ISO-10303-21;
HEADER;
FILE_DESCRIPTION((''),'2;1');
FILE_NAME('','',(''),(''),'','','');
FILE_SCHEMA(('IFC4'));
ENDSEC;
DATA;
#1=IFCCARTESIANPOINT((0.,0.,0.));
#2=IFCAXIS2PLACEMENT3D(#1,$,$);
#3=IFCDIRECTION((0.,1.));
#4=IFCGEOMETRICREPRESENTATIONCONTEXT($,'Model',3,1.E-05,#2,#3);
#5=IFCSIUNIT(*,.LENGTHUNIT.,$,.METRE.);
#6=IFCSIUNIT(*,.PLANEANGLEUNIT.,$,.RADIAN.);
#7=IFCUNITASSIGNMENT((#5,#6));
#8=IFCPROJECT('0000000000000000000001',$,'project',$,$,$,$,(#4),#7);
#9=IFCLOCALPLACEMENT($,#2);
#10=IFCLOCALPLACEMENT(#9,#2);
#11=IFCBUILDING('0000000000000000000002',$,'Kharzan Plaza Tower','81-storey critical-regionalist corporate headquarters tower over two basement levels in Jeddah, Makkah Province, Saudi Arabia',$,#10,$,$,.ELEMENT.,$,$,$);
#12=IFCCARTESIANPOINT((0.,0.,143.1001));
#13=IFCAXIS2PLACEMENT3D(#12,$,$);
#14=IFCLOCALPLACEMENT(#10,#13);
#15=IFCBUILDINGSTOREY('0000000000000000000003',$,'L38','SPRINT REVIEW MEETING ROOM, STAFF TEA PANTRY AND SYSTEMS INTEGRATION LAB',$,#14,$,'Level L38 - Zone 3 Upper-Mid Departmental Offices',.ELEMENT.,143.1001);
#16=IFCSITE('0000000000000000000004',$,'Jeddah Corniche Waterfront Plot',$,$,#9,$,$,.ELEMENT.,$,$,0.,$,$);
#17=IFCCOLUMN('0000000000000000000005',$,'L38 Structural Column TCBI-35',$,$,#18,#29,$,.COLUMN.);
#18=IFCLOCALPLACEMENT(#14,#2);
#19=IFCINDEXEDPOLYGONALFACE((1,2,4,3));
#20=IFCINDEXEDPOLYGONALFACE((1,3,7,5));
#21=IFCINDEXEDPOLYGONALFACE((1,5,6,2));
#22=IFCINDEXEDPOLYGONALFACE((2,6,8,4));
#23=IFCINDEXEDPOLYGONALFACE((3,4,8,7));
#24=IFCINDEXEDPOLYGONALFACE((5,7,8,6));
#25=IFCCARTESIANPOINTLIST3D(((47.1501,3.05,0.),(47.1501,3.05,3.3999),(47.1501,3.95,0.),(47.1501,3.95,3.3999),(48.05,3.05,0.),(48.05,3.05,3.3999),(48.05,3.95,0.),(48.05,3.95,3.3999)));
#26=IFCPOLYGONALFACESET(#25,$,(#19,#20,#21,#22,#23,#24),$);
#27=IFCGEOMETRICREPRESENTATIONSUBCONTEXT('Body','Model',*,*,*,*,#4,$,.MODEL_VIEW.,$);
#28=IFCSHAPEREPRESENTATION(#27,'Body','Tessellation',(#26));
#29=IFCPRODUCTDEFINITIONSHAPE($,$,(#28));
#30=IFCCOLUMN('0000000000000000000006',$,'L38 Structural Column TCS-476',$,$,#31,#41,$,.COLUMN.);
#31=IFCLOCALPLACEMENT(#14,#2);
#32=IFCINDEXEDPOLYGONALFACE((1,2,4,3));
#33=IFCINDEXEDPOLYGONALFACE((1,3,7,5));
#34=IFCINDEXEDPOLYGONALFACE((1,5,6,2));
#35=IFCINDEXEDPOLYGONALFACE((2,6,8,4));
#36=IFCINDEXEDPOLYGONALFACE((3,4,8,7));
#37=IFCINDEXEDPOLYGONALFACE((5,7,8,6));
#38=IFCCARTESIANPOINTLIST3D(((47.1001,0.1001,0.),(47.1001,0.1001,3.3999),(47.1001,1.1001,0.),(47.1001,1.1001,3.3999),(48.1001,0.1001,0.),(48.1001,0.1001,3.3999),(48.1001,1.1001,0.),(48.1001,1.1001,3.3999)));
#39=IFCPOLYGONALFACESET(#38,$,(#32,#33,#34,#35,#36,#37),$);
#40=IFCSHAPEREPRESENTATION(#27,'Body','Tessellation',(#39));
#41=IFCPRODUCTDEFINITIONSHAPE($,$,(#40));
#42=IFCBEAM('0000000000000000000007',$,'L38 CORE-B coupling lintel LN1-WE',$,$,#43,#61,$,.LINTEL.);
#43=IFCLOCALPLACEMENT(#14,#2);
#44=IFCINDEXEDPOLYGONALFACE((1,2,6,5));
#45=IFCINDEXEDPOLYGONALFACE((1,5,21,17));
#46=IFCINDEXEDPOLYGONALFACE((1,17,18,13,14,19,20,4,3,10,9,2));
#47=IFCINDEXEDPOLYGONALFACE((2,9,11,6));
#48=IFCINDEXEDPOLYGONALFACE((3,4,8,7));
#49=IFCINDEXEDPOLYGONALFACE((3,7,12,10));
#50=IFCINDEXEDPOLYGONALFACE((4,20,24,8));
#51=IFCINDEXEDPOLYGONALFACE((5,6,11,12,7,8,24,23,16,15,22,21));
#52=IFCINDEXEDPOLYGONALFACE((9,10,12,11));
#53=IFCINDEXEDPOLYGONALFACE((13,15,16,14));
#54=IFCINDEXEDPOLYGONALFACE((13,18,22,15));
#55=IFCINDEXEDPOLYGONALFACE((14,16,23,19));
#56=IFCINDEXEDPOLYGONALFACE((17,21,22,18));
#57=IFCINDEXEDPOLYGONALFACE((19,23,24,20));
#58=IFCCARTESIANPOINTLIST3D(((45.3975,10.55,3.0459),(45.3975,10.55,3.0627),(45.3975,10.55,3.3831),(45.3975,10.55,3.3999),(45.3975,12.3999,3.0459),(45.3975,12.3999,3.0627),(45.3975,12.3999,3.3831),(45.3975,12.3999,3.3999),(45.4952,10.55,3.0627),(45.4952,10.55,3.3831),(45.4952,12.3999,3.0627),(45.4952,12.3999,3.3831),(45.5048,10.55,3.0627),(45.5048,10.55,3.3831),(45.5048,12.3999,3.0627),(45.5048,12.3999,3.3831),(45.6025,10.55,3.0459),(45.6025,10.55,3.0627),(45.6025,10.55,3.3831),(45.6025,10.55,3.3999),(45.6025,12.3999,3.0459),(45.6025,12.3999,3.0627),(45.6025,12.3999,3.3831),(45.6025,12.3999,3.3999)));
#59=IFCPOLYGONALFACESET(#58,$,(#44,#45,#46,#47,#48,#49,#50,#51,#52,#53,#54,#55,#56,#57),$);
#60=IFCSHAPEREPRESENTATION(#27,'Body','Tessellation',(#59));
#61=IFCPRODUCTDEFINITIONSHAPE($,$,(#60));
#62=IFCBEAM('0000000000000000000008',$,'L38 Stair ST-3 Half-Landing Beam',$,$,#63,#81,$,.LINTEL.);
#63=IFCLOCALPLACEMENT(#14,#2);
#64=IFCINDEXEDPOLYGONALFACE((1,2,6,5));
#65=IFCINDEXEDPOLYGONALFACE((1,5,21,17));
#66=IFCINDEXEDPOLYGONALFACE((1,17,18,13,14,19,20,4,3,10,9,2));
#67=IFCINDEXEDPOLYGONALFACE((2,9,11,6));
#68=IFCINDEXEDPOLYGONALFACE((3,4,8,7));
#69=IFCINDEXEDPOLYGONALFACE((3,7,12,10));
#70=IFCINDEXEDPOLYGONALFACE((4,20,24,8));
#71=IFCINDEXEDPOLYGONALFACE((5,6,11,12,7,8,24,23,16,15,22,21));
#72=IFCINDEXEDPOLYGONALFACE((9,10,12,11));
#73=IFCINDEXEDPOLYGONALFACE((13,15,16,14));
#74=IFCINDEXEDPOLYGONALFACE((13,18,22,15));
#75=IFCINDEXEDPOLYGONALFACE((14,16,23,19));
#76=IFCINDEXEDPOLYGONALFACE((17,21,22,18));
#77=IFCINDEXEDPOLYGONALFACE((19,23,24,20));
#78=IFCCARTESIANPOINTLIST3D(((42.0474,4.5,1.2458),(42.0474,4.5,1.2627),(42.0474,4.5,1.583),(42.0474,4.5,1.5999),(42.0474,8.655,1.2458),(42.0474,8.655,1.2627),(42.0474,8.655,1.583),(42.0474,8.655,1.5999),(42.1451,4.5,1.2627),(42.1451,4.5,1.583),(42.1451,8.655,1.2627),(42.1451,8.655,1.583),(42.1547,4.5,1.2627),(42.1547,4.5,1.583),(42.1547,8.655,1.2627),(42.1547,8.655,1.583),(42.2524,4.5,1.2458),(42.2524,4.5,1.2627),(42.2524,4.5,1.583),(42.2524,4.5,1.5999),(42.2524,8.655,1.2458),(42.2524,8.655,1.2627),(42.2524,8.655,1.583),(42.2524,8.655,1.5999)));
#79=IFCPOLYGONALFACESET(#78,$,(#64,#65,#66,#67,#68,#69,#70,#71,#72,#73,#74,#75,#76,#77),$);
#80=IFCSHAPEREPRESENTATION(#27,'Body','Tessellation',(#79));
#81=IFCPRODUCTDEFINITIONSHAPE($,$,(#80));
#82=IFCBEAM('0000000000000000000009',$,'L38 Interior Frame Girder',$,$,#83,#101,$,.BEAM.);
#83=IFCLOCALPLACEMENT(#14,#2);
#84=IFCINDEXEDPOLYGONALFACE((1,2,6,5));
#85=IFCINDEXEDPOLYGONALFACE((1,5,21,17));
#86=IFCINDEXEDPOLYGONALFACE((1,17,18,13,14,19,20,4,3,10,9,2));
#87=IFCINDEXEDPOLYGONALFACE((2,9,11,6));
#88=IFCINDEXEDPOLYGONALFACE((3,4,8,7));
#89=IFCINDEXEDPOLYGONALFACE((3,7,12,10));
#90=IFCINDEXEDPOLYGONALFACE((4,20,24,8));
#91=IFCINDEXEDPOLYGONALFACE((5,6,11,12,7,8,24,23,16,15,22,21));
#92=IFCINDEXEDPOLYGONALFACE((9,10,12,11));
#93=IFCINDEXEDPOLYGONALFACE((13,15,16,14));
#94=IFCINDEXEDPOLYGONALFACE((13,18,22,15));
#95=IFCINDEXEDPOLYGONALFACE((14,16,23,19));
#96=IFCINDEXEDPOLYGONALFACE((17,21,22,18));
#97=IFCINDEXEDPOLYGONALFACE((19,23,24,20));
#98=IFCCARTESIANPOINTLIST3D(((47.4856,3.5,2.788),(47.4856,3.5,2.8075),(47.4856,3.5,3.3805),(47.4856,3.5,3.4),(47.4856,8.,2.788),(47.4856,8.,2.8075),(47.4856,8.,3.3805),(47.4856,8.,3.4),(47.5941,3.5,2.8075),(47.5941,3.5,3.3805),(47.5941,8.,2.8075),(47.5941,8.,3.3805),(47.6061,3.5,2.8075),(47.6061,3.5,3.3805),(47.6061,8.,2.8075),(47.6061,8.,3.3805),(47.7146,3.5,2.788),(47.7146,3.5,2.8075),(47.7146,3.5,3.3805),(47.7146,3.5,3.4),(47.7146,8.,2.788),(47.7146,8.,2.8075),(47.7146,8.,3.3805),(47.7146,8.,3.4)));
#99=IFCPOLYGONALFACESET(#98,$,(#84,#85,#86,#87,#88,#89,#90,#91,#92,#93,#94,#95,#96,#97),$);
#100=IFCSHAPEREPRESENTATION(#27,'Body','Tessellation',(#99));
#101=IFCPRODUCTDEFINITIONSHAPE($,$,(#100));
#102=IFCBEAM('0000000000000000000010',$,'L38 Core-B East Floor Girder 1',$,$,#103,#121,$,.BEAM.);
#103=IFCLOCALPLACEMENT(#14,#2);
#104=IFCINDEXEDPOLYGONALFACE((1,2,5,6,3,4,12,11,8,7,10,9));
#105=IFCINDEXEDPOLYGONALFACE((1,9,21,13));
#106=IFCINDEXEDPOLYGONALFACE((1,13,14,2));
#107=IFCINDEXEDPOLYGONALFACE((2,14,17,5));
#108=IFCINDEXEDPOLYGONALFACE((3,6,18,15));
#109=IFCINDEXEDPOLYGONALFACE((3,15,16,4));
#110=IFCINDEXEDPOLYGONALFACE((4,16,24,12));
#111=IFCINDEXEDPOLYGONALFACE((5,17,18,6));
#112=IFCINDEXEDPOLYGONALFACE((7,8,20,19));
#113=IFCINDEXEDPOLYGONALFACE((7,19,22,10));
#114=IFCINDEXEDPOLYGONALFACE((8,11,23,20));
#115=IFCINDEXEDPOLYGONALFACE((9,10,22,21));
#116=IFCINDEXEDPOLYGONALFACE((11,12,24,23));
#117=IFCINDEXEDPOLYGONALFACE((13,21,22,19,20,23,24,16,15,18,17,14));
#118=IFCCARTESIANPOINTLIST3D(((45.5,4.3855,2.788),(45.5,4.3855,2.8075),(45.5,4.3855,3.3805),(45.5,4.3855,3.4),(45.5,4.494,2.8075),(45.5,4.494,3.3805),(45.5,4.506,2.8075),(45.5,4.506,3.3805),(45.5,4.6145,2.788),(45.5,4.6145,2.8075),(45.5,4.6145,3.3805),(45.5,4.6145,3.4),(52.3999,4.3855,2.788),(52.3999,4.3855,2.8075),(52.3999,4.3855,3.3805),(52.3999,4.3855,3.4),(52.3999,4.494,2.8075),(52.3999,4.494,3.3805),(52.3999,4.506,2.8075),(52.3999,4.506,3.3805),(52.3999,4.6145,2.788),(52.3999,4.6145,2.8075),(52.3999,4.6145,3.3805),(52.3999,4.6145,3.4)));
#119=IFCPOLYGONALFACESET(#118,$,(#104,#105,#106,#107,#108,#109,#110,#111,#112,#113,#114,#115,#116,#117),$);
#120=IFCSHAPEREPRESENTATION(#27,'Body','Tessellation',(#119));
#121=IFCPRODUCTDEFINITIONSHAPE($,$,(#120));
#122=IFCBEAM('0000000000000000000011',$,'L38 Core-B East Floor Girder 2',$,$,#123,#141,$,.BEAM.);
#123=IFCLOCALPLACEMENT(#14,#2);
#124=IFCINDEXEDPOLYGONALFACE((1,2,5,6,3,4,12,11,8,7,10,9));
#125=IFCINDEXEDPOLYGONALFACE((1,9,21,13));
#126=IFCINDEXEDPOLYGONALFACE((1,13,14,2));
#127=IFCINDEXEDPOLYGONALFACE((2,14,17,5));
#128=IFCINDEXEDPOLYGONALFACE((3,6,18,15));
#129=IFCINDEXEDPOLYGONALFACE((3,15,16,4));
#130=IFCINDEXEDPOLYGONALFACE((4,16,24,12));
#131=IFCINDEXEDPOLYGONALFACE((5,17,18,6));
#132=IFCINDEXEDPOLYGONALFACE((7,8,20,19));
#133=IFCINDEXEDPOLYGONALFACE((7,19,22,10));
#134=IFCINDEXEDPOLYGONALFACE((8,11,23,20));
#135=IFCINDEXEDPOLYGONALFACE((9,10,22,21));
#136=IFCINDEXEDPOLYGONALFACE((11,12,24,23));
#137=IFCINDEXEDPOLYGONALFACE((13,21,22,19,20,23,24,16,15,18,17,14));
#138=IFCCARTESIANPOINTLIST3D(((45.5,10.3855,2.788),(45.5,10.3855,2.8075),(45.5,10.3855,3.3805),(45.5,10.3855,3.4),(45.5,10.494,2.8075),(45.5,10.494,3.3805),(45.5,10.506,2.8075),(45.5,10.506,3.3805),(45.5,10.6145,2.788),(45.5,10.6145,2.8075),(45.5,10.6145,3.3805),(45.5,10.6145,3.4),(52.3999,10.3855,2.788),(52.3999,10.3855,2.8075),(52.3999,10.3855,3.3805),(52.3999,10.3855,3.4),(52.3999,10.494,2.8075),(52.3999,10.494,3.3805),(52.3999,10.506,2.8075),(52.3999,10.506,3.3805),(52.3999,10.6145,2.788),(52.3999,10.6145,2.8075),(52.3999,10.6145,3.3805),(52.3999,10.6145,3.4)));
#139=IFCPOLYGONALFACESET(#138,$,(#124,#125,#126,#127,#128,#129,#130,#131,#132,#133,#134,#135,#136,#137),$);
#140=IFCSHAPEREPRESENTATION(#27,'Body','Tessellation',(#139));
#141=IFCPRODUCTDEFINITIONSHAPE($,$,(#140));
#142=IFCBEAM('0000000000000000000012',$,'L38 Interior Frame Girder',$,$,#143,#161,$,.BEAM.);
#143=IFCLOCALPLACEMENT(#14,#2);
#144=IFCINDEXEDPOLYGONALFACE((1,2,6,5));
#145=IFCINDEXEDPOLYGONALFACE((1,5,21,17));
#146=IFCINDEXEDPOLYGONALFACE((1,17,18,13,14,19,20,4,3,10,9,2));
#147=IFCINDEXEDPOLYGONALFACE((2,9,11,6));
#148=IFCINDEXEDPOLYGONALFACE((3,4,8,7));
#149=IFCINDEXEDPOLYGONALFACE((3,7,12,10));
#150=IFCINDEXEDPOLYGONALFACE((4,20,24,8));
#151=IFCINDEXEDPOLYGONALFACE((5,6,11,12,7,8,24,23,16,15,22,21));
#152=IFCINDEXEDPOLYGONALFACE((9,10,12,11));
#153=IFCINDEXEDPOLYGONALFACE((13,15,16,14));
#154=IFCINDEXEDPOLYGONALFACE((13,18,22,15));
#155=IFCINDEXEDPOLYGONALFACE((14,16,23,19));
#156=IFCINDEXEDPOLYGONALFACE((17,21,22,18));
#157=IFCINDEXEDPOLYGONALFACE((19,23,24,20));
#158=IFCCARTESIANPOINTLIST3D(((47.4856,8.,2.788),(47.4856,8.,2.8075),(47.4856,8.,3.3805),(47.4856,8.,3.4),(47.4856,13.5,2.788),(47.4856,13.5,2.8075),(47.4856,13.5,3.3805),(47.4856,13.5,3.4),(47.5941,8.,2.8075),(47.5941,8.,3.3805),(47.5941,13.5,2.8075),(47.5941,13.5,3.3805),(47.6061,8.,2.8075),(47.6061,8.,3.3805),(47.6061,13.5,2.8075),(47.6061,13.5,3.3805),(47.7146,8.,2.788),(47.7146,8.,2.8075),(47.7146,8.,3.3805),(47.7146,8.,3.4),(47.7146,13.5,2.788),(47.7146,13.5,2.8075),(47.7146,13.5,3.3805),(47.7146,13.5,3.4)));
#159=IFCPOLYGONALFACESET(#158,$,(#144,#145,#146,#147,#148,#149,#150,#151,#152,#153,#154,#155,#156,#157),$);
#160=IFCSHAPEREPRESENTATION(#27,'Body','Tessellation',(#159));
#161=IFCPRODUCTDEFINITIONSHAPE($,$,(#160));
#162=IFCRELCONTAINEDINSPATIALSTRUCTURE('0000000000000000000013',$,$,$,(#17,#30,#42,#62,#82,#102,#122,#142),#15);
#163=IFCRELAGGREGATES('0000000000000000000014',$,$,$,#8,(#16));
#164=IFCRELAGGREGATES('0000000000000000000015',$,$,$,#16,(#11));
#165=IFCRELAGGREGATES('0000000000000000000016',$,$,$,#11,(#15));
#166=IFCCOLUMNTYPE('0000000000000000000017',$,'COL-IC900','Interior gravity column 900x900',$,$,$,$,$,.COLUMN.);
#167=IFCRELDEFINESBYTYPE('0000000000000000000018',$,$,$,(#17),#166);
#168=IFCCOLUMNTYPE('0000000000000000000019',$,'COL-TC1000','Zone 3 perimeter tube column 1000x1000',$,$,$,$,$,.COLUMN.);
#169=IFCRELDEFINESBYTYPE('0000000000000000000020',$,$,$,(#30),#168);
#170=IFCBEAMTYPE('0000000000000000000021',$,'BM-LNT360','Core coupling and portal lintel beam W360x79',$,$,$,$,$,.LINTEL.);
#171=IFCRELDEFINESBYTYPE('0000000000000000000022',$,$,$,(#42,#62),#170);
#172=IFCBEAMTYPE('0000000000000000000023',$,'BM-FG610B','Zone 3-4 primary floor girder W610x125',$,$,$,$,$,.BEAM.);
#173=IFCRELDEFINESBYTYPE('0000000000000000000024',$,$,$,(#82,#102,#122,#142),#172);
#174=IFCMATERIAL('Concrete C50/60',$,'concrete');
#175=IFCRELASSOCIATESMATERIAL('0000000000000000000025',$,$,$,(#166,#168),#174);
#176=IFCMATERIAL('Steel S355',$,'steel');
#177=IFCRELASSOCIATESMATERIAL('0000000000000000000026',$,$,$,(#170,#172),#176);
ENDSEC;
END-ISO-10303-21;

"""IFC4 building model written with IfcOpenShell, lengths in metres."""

from ifc_helpers import new_model, si_unit, direction, frame, origin, origin_2d, place, context, subcontext, project, spatial, rectangle, i_section, extrude, source, transform, mapped, material, material_profile, profile_set, type_object, element, save


model = new_model("IFC4")

# Units and contexts
model_context = context("Model", 3, precision=1e-05, world=origin(), true_north=direction((0.0, 1.0)))
body_context = subcontext(model_context, "Body", "Model", "MODEL_VIEW")
ifc_project = project(units=[si_unit("LENGTHUNIT", "METRE"), si_unit("PLANEANGLEUNIT", "RADIAN")], contexts=[model_context])

# Site, building, storey
site_placement = place(None, origin())
site = spatial("IfcSite", under=ifc_project, at=site_placement, Name="Jeddah Corniche Waterfront Plot", CompositionType="ELEMENT", RefElevation=0.0)
building_placement = place(site_placement, origin())
building = spatial("IfcBuilding", under=site, at=building_placement, Name="Kharzan Plaza Tower", Description="81-storey critical-regionalist corporate headquarters tower over two basement levels in Jeddah, Makkah Province, Saudi Arabia", CompositionType="ELEMENT")
storey_placement = place(building_placement, frame((0.0, 0.0, 143.1001)))
storey = spatial("IfcBuildingStorey", under=building, at=storey_placement, Name="L38", Description="SPRINT REVIEW MEETING ROOM, STAFF TEA PANTRY AND SYSTEMS INTEGRATION LAB", LongName="Level L38 - Zone 3 Upper-Mid Departmental Offices", CompositionType="ELEMENT", Elevation=143.1001)

# Columns
ifc_material_1 = material(Name="Concrete C50/60", Category="concrete")
ifc_material_profile_1 = material_profile(ifc_material_1, rectangle(XDim=0.8999, YDim=0.8999, at=origin_2d()), Name="RC-IC900x900")
ifc_profile_set_1 = profile_set([ifc_material_profile_1], Name="Concrete C50/60")
column_type_1 = type_object("IfcColumnType", Name="COL-IC900", Description="Interior gravity column 900x900", PredefinedType="COLUMN", material=ifc_profile_set_1)
shared_shape_1 = source(origin(), body_context, "Body", "SweptSolid", [
    extrude(rectangle(XDim=0.8999, YDim=0.8999, at=origin_2d()), origin(), (0.0, 0.0, 1.0), 3.3999),
])
column_1_placement = place(storey_placement, frame((47.6001, 3.5, 0.0), z_axis=(0.0, 0.0, 1.0), x_axis=(1.0, 0.0, 0.0)))
element("IfcColumn", 1, at=column_1_placement, inside=storey, type_object=column_type_1, Name="L38 Structural Column TCBI-35", PredefinedType="COLUMN", context=body_context, shape_type="MappedRepresentation", body=[
    mapped(shared_shape_1, transform((0.0, 0.0, 0.0), x_axis=(1.0, 0.0, 0.0), y_axis=(0.0, 1.0, 0.0), z_axis=(0.0, 0.0, 1.0))),
])
ifc_material_profile_2 = material_profile(ifc_material_1, rectangle(XDim=1.0, YDim=1.0, at=origin_2d()), Name="RC-TC1000x1000")
ifc_profile_set_2 = profile_set([ifc_material_profile_2], Name="Concrete C50/60")
column_type_2 = type_object("IfcColumnType", Name="COL-TC1000", Description="Zone 3 perimeter tube column 1000x1000", PredefinedType="COLUMN", material=ifc_profile_set_2)
shared_shape_2 = source(origin(), body_context, "Body", "SweptSolid", [
    extrude(rectangle(XDim=1.0, YDim=1.0, at=origin_2d()), origin(), (0.0, 0.0, 1.0), 3.3999),
])
column_2_placement = place(storey_placement, frame((47.6001, 0.6001, 0.0), z_axis=(0.0, 0.0, 1.0), x_axis=(1.0, 0.0, 0.0)))
element("IfcColumn", 2, at=column_2_placement, inside=storey, type_object=column_type_2, Name="L38 Structural Column TCS-476", PredefinedType="COLUMN", context=body_context, shape_type="MappedRepresentation", body=[
    mapped(shared_shape_2, transform((0.0, 0.0, 0.0), x_axis=(1.0, 0.0, 0.0), y_axis=(0.0, 1.0, 0.0), z_axis=(0.0, 0.0, 1.0))),
])

# Beams
ifc_material_2 = material(Name="Steel S355", Category="steel")
ifc_material_profile_3 = material_profile(ifc_material_2, i_section(OverallWidth=0.2051, OverallDepth=0.354, WebThickness=0.0095, FlangeThickness=0.0168, at=origin_2d()), Name="W360x79")
ifc_profile_set_3 = profile_set([ifc_material_profile_3], Name="Steel S355")
beam_type_1 = type_object("IfcBeamType", Name="BM-LNT360", Description="Core coupling and portal lintel beam W360x79", PredefinedType="LINTEL", material=ifc_profile_set_3)
shared_shape_3 = source(origin(), body_context, "Body", "SweptSolid", [
    extrude(i_section(OverallWidth=0.2051, OverallDepth=0.354, WebThickness=0.0095, FlangeThickness=0.0168, at=origin_2d()), origin(), (0.0, 0.0, 1.0), 1.8499),
])
beam_1_placement = place(storey_placement, frame((45.5, 10.55, 3.2229), z_axis=(0.0, 1.0, 0.0), x_axis=(-1.0, 0.0, 0.0)))
element("IfcBeam", 3, at=beam_1_placement, inside=storey, type_object=beam_type_1, Name="L38 CORE-B coupling lintel LN1-WE", PredefinedType="LINTEL", context=body_context, shape_type="MappedRepresentation", body=[
    mapped(shared_shape_3, transform((0.0, 0.0, 0.0), x_axis=(1.0, 0.0, 0.0), y_axis=(0.0, 1.0, 0.0), z_axis=(0.0, 0.0, 1.0))),
])
shared_shape_4 = source(origin(), body_context, "Body", "SweptSolid", [
    extrude(i_section(OverallWidth=0.2051, OverallDepth=0.354, WebThickness=0.0095, FlangeThickness=0.0168, at=origin_2d()), origin(), (0.0, 0.0, 1.0), 4.155),
])
beam_2_placement = place(storey_placement, frame((42.1499, 4.5, 1.4229), z_axis=(0.0, 1.0, 0.0), x_axis=(-1.0, 0.0, 0.0)))
element("IfcBeam", 4, at=beam_2_placement, inside=storey, type_object=beam_type_1, Name="L38 Stair ST-3 Half-Landing Beam", PredefinedType="LINTEL", context=body_context, shape_type="MappedRepresentation", body=[
    mapped(shared_shape_4, transform((0.0, 0.0, 0.0), x_axis=(1.0, 0.0, 0.0), y_axis=(0.0, 1.0, 0.0), z_axis=(0.0, 0.0, 1.0))),
])
ifc_material_profile_4 = material_profile(ifc_material_2, i_section(OverallWidth=0.229, OverallDepth=0.6121, WebThickness=0.012, FlangeThickness=0.0195, at=origin_2d()), Name="W610x125")
ifc_profile_set_4 = profile_set([ifc_material_profile_4], Name="Steel S355")
beam_type_2 = type_object("IfcBeamType", Name="BM-FG610B", Description="Zone 3-4 primary floor girder W610x125", PredefinedType="BEAM", material=ifc_profile_set_4)
shared_shape_5 = source(origin(), body_context, "Body", "SweptSolid", [
    extrude(i_section(OverallWidth=0.229, OverallDepth=0.6121, WebThickness=0.012, FlangeThickness=0.0195, at=origin_2d()), origin(), (0.0, 0.0, 1.0), 4.5),
])
beam_3_placement = place(storey_placement, frame((47.6001, 3.5, 3.094), z_axis=(0.0, 1.0, 0.0), x_axis=(-1.0, 0.0, 0.0)))
element("IfcBeam", 5, at=beam_3_placement, inside=storey, type_object=beam_type_2, Name="L38 Interior Frame Girder", PredefinedType="BEAM", context=body_context, shape_type="MappedRepresentation", body=[
    mapped(shared_shape_5, transform((0.0, 0.0, 0.0), x_axis=(1.0, 0.0, 0.0), y_axis=(0.0, 1.0, 0.0), z_axis=(0.0, 0.0, 1.0))),
])
shared_shape_6 = source(origin(), body_context, "Body", "SweptSolid", [
    extrude(i_section(OverallWidth=0.229, OverallDepth=0.6121, WebThickness=0.012, FlangeThickness=0.0195, at=origin_2d()), origin(), (0.0, 0.0, 1.0), 6.8999),
])
for number, where, z_axis, x_axis, name in (
    (6, (45.5, 4.5, 3.094), (1.0, 0.0, 0.0), (0.0, 1.0, 0.0), "L38 Core-B East Floor Girder 1"),
    (7, (45.5, 10.5, 3.094), (1.0, 0.0, 0.0), (0.0, 1.0, 0.0), "L38 Core-B East Floor Girder 2"),
):
    element("IfcBeam", number, at=place(storey_placement, frame(where, z_axis=z_axis, x_axis=x_axis)), inside=storey, type_object=beam_type_2, Name=name, PredefinedType="BEAM", context=body_context, shape_type="MappedRepresentation", body=[
        mapped(shared_shape_6, transform((0.0, 0.0, 0.0), x_axis=(1.0, 0.0, 0.0), y_axis=(0.0, 1.0, 0.0), z_axis=(0.0, 0.0, 1.0))),
    ])
shared_shape_7 = source(origin(), body_context, "Body", "SweptSolid", [
    extrude(i_section(OverallWidth=0.229, OverallDepth=0.6121, WebThickness=0.012, FlangeThickness=0.0195, at=origin_2d()), origin(), (0.0, 0.0, 1.0), 5.5),
])
beam_4_placement = place(storey_placement, frame((47.6001, 8.0, 3.094), z_axis=(0.0, 1.0, 0.0), x_axis=(-1.0, 0.0, 0.0)))
element("IfcBeam", 8, at=beam_4_placement, inside=storey, type_object=beam_type_2, Name="L38 Interior Frame Girder", PredefinedType="BEAM", context=body_context, shape_type="MappedRepresentation", body=[
    mapped(shared_shape_7, transform((0.0, 0.0, 0.0), x_axis=(1.0, 0.0, 0.0), y_axis=(0.0, 1.0, 0.0), z_axis=(0.0, 0.0, 1.0))),
])

save(model, "model.ifc")
